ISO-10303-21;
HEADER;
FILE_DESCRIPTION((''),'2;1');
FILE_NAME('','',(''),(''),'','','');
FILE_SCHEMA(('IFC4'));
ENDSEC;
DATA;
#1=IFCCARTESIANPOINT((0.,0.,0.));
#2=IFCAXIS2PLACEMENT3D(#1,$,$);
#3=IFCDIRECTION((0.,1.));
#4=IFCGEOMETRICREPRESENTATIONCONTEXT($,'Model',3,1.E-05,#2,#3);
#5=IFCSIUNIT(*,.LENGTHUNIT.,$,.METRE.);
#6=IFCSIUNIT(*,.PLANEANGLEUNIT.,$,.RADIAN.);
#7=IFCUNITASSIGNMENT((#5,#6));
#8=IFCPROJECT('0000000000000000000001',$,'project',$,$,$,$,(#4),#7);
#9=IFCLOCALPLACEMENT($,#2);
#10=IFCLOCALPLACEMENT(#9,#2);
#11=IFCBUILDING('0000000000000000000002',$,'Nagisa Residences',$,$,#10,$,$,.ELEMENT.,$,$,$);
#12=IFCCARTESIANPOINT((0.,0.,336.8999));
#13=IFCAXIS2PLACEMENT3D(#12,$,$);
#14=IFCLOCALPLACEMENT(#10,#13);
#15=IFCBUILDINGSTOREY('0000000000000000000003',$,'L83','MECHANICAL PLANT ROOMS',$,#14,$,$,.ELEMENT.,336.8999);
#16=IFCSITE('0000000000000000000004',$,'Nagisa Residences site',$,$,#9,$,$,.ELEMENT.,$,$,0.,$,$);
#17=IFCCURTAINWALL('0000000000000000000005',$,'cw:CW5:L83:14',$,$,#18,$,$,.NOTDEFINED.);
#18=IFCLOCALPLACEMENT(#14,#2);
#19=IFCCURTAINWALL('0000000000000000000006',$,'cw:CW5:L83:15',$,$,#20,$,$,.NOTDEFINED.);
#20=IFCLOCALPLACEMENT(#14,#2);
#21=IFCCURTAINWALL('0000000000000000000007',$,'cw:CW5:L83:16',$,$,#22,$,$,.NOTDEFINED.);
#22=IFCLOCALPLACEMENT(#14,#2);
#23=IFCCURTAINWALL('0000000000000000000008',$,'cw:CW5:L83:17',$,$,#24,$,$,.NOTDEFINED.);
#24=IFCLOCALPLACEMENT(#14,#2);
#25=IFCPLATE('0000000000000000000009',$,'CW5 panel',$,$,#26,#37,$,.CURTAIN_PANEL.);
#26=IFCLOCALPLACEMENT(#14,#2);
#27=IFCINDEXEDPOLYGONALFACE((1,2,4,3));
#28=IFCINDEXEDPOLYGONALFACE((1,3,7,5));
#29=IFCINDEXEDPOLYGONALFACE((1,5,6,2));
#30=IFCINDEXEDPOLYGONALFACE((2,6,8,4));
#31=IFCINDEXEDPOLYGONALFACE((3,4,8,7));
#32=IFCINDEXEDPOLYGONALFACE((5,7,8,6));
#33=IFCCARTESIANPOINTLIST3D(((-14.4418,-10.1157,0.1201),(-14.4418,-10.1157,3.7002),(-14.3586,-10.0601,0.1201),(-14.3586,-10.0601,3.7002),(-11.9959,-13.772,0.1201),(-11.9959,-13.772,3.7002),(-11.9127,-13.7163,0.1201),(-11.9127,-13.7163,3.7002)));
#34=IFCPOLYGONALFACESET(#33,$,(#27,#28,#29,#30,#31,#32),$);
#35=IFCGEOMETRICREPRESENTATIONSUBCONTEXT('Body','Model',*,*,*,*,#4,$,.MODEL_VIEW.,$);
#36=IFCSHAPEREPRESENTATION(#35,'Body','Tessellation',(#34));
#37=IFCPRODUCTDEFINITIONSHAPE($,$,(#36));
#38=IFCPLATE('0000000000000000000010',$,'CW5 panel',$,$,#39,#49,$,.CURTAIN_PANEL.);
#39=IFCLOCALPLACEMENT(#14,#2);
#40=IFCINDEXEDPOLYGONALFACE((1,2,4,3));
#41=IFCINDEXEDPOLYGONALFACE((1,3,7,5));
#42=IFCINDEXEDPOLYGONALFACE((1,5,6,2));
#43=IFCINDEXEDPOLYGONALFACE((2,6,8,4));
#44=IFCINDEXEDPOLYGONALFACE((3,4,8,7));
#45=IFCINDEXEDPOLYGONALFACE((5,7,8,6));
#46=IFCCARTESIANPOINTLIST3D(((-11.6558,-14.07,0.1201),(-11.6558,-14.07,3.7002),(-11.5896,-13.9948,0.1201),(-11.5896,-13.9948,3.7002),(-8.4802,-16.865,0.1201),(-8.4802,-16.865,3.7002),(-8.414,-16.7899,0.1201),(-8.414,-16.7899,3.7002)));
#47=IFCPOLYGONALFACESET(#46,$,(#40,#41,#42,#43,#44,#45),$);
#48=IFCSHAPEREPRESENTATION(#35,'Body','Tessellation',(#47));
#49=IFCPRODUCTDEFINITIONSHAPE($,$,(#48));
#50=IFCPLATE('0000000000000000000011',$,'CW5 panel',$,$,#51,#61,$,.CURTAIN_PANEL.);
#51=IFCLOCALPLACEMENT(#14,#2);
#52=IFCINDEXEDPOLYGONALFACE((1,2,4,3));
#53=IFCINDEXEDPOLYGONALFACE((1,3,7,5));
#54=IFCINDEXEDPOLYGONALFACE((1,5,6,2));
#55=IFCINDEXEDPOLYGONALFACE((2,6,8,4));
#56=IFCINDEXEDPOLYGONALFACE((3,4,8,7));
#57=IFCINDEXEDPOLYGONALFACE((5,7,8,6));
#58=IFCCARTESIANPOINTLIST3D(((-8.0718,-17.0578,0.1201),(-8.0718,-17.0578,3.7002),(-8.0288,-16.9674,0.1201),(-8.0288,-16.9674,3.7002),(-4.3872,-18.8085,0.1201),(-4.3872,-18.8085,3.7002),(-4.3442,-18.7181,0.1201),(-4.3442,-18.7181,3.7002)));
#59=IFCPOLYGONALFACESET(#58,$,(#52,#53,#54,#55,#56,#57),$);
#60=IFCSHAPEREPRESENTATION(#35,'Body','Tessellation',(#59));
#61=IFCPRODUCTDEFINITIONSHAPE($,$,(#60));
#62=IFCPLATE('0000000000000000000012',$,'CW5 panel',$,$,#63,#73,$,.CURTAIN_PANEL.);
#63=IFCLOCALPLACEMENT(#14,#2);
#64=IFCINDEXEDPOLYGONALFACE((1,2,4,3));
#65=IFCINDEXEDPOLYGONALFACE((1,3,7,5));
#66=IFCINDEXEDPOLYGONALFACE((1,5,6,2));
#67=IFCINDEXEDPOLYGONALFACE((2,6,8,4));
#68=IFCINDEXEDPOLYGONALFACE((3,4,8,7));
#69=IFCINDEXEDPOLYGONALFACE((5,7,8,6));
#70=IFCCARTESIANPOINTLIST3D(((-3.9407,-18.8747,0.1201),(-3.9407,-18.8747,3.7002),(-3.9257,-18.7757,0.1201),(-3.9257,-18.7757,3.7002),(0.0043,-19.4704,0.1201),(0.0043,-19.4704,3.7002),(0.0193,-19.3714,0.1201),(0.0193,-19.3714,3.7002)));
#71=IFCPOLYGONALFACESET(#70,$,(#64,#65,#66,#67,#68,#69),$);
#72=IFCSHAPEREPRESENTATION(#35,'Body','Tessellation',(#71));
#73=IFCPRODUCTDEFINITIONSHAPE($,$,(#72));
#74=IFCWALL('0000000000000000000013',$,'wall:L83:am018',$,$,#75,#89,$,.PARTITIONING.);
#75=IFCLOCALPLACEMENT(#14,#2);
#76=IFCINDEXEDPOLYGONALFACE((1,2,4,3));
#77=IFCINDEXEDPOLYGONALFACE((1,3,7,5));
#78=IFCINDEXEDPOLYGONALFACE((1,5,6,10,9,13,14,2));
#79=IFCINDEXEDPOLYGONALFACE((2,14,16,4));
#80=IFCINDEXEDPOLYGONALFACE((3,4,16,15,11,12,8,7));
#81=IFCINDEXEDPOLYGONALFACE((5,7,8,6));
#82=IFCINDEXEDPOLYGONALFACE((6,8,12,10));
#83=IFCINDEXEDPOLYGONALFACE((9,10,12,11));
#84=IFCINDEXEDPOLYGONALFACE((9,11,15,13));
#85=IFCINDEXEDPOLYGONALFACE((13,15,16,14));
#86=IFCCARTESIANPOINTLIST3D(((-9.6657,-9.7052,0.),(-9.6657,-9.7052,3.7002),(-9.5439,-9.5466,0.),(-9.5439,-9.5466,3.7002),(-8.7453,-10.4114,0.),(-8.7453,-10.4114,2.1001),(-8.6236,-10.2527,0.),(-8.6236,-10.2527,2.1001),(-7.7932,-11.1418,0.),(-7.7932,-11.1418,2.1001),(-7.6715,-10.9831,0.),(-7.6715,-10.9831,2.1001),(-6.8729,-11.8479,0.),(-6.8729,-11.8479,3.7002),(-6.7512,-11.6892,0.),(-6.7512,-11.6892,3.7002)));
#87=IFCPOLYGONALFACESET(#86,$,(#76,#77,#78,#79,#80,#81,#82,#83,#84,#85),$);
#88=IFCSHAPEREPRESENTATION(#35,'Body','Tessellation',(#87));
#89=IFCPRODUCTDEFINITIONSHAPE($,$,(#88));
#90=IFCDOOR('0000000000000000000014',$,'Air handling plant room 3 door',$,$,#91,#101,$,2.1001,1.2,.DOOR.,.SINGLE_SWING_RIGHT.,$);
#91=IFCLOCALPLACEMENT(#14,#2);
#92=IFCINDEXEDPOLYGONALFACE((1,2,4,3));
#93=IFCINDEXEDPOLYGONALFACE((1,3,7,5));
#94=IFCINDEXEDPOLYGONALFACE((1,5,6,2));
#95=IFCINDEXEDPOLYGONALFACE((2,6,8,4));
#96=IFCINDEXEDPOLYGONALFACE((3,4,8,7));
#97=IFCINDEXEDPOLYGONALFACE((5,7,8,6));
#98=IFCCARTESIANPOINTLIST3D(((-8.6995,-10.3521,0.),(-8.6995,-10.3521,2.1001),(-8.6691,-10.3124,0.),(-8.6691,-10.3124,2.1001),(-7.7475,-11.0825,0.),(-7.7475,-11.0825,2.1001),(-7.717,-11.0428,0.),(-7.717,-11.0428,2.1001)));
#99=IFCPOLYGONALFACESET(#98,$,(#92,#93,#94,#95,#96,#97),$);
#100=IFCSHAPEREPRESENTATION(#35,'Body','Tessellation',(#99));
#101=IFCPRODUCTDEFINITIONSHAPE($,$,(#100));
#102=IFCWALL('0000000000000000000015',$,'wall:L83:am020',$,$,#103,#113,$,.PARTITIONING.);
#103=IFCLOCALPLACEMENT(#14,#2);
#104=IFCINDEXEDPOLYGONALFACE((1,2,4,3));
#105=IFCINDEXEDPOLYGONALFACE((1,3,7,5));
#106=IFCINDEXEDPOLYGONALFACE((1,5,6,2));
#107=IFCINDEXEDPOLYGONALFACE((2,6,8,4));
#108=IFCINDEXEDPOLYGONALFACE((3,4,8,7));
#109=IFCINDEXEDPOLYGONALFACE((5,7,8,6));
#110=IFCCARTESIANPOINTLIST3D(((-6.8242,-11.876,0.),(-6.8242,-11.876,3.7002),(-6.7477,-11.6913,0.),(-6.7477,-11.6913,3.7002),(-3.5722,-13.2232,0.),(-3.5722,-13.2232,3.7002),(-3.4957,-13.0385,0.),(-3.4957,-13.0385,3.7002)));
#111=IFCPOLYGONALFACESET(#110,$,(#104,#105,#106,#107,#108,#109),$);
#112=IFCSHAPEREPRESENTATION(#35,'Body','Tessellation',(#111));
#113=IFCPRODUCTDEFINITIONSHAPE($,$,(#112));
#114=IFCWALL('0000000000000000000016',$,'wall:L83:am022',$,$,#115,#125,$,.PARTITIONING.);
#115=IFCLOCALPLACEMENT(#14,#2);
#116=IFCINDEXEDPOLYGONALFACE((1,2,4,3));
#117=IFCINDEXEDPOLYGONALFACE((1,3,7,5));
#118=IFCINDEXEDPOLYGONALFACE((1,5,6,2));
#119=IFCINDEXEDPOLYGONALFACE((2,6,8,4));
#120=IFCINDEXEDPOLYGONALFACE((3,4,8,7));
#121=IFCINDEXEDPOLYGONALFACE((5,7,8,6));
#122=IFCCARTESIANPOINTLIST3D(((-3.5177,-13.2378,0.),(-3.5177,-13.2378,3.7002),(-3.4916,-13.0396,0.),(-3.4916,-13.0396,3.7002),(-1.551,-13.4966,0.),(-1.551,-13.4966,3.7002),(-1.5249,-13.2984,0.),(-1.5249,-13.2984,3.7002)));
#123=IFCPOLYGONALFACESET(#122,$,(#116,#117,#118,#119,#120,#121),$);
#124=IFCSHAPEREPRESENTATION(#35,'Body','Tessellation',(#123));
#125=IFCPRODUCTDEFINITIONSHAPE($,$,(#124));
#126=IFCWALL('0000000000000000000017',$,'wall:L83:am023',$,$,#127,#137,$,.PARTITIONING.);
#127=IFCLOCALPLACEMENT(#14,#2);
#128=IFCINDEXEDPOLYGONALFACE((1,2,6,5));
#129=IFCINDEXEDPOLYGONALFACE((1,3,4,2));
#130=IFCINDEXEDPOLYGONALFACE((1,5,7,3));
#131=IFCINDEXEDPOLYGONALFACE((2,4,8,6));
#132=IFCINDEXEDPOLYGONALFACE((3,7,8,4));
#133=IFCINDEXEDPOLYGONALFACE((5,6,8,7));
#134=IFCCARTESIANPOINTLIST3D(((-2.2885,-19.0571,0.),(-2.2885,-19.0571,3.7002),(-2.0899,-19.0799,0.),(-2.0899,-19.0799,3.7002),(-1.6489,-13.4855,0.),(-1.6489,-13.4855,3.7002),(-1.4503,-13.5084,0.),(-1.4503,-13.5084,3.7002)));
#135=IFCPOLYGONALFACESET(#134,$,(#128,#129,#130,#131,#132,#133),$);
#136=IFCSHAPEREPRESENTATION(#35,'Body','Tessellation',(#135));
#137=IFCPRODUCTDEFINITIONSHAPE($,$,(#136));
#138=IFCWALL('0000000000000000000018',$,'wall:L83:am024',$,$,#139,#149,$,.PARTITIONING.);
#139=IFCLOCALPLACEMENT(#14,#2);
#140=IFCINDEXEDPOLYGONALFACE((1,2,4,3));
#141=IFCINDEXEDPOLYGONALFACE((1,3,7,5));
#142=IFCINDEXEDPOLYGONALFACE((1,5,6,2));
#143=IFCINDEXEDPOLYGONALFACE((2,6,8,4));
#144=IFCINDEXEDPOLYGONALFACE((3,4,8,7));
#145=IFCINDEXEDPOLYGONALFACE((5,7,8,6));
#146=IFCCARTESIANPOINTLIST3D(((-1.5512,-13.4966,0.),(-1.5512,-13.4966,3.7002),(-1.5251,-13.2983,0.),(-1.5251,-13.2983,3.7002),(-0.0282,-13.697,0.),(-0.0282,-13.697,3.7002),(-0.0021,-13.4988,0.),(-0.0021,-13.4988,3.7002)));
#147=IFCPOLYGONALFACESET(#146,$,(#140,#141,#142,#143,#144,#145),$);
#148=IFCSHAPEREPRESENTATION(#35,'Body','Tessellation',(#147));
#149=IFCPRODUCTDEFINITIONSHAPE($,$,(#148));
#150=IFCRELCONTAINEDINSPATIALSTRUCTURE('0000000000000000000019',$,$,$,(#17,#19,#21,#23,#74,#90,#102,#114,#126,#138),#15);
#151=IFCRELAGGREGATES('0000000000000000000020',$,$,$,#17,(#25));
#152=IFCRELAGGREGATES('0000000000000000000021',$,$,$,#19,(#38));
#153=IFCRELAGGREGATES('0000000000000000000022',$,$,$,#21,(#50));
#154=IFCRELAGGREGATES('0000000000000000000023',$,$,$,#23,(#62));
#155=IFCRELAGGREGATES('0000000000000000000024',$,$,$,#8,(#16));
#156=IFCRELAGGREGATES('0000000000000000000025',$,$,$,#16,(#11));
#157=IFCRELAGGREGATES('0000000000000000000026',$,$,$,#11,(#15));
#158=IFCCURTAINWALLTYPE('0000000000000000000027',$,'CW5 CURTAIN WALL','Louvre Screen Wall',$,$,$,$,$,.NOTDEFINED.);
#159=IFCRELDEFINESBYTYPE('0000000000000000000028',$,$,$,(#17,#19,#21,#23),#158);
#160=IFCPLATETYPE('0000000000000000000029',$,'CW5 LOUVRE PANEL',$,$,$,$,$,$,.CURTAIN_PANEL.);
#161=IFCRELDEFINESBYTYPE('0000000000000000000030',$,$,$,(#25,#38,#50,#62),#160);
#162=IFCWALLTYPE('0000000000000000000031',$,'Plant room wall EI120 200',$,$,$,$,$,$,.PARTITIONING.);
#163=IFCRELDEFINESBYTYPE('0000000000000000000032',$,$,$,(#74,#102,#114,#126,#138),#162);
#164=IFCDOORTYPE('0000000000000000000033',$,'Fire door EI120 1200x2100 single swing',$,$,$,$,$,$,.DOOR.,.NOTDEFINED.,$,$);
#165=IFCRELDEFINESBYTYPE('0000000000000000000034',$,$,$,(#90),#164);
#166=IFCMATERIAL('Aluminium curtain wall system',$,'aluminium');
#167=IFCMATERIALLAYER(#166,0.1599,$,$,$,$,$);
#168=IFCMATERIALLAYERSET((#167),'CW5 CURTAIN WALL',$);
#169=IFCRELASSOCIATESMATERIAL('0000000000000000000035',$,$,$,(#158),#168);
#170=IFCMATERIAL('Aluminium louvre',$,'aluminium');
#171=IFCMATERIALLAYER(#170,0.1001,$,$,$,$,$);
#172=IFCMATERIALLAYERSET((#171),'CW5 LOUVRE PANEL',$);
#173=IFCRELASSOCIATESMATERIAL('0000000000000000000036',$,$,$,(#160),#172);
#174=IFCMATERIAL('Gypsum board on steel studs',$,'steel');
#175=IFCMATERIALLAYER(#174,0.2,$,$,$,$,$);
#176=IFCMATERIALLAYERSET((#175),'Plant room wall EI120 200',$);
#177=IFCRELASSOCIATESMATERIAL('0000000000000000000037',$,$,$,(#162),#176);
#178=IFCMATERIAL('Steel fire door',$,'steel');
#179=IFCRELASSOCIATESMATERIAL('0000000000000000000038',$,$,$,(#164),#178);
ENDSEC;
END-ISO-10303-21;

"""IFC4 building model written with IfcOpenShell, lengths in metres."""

from ifc_helpers import new_model, si_unit, direction, frame, frame_2d, origin, origin_2d, place, context, subcontext, project, spatial, rectangle, extrude, material, layer, layer_set, type_object, element, fill, aggregate, save


model = new_model("IFC4")

# Units and contexts
model_context = context("Model", 3, precision=1e-05, world=origin(), true_north=direction((0.0, 1.0)))
body_context = subcontext(model_context, "Body", "Model", "MODEL_VIEW")
ifc_project = project(units=[si_unit("LENGTHUNIT", "METRE"), si_unit("PLANEANGLEUNIT", "RADIAN")], contexts=[model_context])

# Site, building, storey
site_placement = place(None, origin())
site = spatial("IfcSite", under=ifc_project, at=site_placement, Name="Nagisa Residences site", CompositionType="ELEMENT", RefElevation=0.0)
building_placement = place(site_placement, origin())
building = spatial("IfcBuilding", under=site, at=building_placement, Name="Nagisa Residences", CompositionType="ELEMENT")
storey_placement = place(building_placement, frame((0.0, 0.0, 336.8999)))
storey = spatial("IfcBuildingStorey", under=building, at=storey_placement, Name="L83", Description="MECHANICAL PLANT ROOMS", CompositionType="ELEMENT", Elevation=336.8999)

# Curtain walls
ifc_material_1 = material(Name="Aluminium curtain wall system", Category="aluminium")
ifc_layer_1 = layer(ifc_material_1, 0.1599)
ifc_layer_set_1 = layer_set([ifc_layer_1], Name="CW5 CURTAIN WALL")
curtain_wall_type = type_object("IfcCurtainWallType", Name="CW5 CURTAIN WALL", Description="Louvre Screen Wall", PredefinedType="NOTDEFINED", material=ifc_layer_set_1)
curtain_wall_1_placement = place(storey_placement, origin())
curtain_wall_1 = element("IfcCurtainWall", 1, at=curtain_wall_1_placement, inside=storey, type_object=curtain_wall_type, Name="cw:CW5:L83:14", PredefinedType="NOTDEFINED")
curtain_wall_2_placement = place(storey_placement, origin())
curtain_wall_2 = element("IfcCurtainWall", 2, at=curtain_wall_2_placement, inside=storey, type_object=curtain_wall_type, Name="cw:CW5:L83:15", PredefinedType="NOTDEFINED")
curtain_wall_3_placement = place(storey_placement, origin())
curtain_wall_3 = element("IfcCurtainWall", 3, at=curtain_wall_3_placement, inside=storey, type_object=curtain_wall_type, Name="cw:CW5:L83:16", PredefinedType="NOTDEFINED")
curtain_wall_4_placement = place(storey_placement, origin())
curtain_wall_4 = element("IfcCurtainWall", 4, at=curtain_wall_4_placement, inside=storey, type_object=curtain_wall_type, Name="cw:CW5:L83:17", PredefinedType="NOTDEFINED")

# Plates
ifc_material_2 = material(Name="Aluminium louvre", Category="aluminium")
ifc_layer_2 = layer(ifc_material_2, 0.1001)
ifc_layer_set_2 = layer_set([ifc_layer_2], Name="CW5 LOUVRE PANEL")
plate_type = type_object("IfcPlateType", Name="CW5 LOUVRE PANEL", PredefinedType="CURTAIN_PANEL", material=ifc_layer_set_2)
plate_1_placement = place(storey_placement, frame((-13.1772, -11.916, 0.1201), z_axis=(0.0, 0.0, 1.0), x_axis=(0.556014, -0.831173, 0.0)))
plate_1 = element("IfcPlate", 5, at=plate_1_placement, type_object=plate_type, Name="CW5 panel", PredefinedType="CURTAIN_PANEL", context=body_context, shape_type="SweptSolid", body=[
    extrude(rectangle(XDim=4.3989, YDim=0.1001, at=origin_2d()), origin(), (0.0, 0.0, 1.0), 3.5801),
])
aggregate(curtain_wall_1, [plate_1])
plate_2_placement = place(storey_placement, frame((-10.0349, -15.4299, 0.1201), z_axis=(0.0, 0.0, 1.0), x_axis=(0.750651, -0.660699, 0.0)))
plate_2 = element("IfcPlate", 6, at=plate_2_placement, type_object=plate_type, Name="CW5 panel", PredefinedType="CURTAIN_PANEL", context=body_context, shape_type="SweptSolid", body=[
    extrude(rectangle(XDim=4.2305, YDim=0.1001, at=origin_2d()), origin(), (0.0, 0.0, 1.0), 3.5801),
])
aggregate(curtain_wall_2, [plate_2])
plate_3_placement = place(storey_placement, frame((-6.208, -17.8879, 0.1201), z_axis=(0.0, 0.0, 1.0), x_axis=(0.903233, -0.429151, 0.0)))
plate_3 = element("IfcPlate", 7, at=plate_3_placement, type_object=plate_type, Name="CW5 panel", PredefinedType="CURTAIN_PANEL", context=body_context, shape_type="SweptSolid", body=[
    extrude(rectangle(XDim=4.0793, YDim=0.1001, at=origin_2d()), origin(), (0.0, 0.0, 1.0), 3.5801),
])
aggregate(curtain_wall_3, [plate_3])
plate_4_placement = place(storey_placement, frame((-1.9607, -19.123, 0.1201), z_axis=(0.0, 0.0, 1.0), x_axis=(0.988789, -0.14932, 0.0)))
plate_4 = element("IfcPlate", 8, at=plate_4_placement, type_object=plate_type, Name="CW5 panel", PredefinedType="CURTAIN_PANEL", context=body_context, shape_type="SweptSolid", body=[
    extrude(rectangle(XDim=3.9897, YDim=0.1001, at=origin_2d()), origin(), (0.0, 0.0, 1.0), 3.5801),
])
aggregate(curtain_wall_4, [plate_4])

# Wall, opening, door
ifc_material_3 = material(Name="Gypsum board on steel studs", Category="steel")
ifc_layer_3 = layer(ifc_material_3, 0.2)
ifc_layer_set_3 = layer_set([ifc_layer_3], Name="Plant room wall EI120 200")
wall_type = type_object("IfcWallType", Name="Plant room wall EI120 200", PredefinedType="PARTITIONING", material=ifc_layer_set_3)
wall_1_placement = place(storey_placement, frame((-6.812, -11.7686, 0.0), z_axis=(0.0, 0.0, 1.0), x_axis=(-0.793402, 0.608698, 0.0)))
wall_1 = element("IfcWall", 9, at=wall_1_placement, inside=storey, type_object=wall_type, Name="wall:L83:am018", PredefinedType="PARTITIONING", context=body_context, shape_type="SweptSolid", body=[
    extrude(rectangle(XDim=3.52, YDim=0.2, at=frame_2d((1.76, 0.0))), origin(), (0.0, 0.0, 1.0), 3.7002),
])
opening_placement = place(wall_1_placement, frame((1.1599, 0.0, 0.0)))
opening = element("IfcOpeningElement", 10, at=opening_placement, cuts=wall_1, PredefinedType="OPENING", context=body_context, shape_type="SweptSolid", body=[
    extrude(rectangle(XDim=1.2, YDim=2.1001, at=frame_2d((0.6001, 1.05))), frame((0.0, 0.1099, 0.0), z_axis=(0.0, -1.0, 0.0), x_axis=(1.0, 0.0, 0.0)), (0.0, 0.0, 1.0), 0.22),
])
ifc_material_4 = material(Name="Steel fire door", Category="steel")
door_type = type_object("IfcDoorType", Name="Fire door EI120 1200x2100 single swing", OperationType="NOTDEFINED", PredefinedType="DOOR", material=ifc_material_4)
door_placement = place(opening_placement, frame((1.2, 0.0, 0.0), x_axis=(-1.0, 0.0, 0.0)))
door = element("IfcDoor", 11, at=door_placement, inside=storey, type_object=door_type, Name="Air handling plant room 3 door", OperationType="SINGLE_SWING_RIGHT", OverallHeight=2.1001, OverallWidth=1.2, PredefinedType="DOOR", context=body_context, shape_type="SweptSolid", body=[
    extrude(rectangle(XDim=1.2, YDim=2.1001, at=frame_2d((0.6001, 1.05))), frame((0.0, 0.0249, 0.0), z_axis=(0.0, -1.0, 0.0), x_axis=(1.0, 0.0, 0.0)), (0.0, 0.0, 1.0), 0.05),
])
fill(opening, door)

# Walls
wall_2_placement = place(storey_placement, frame((-3.5339, -13.1309, 0.0), z_axis=(0.0, 0.0, 1.0), x_axis=(-0.923863, 0.382723, 0.0)))
element("IfcWall", 12, at=wall_2_placement, inside=storey, type_object=wall_type, Name="wall:L83:am020", PredefinedType="PARTITIONING", context=body_context, shape_type="SweptSolid", body=[
    extrude(rectangle(XDim=3.52, YDim=0.2, at=frame_2d((1.76, 0.0))), origin(), (0.0, 0.0, 1.0), 3.7002),
])
wall_3_placement = place(storey_placement, frame((-1.5381, -13.3975, 0.0), z_axis=(0.0, 0.0, 1.0), x_axis=(-0.991454, 0.130455, 0.0)))
element("IfcWall", 13, at=wall_3_placement, inside=storey, type_object=wall_type, Name="wall:L83:am022", PredefinedType="PARTITIONING", context=body_context, shape_type="SweptSolid", body=[
    extrude(rectangle(XDim=1.9836, YDim=0.2, at=frame_2d((0.9917, 0.0))), origin(), (0.0, 0.0, 1.0), 3.7002),
])
wall_4_placement = place(storey_placement, frame((-1.5496, -13.4968, 0.0), z_axis=(0.0, 0.0, 1.0), x_axis=(-0.114057, -0.993474, 0.0)))
element("IfcWall", 14, at=wall_4_placement, inside=storey, type_object=wall_type, Name="wall:L83:am023", PredefinedType="PARTITIONING", context=body_context, shape_type="SweptSolid", body=[
    extrude(rectangle(XDim=5.6082, YDim=0.2, at=frame_2d((2.8042, 0.0))), origin(), (0.0, 0.0, 1.0), 3.7002),
])
wall_5_placement = place(storey_placement, frame((-0.0151, -13.5979, 0.0), z_axis=(0.0, 0.0, 1.0), x_axis=(-0.99145, 0.130487, 0.0)))
element("IfcWall", 15, at=wall_5_placement, inside=storey, type_object=wall_type, Name="wall:L83:am024", PredefinedType="PARTITIONING", context=body_context, shape_type="SweptSolid", body=[
    extrude(rectangle(XDim=1.5361, YDim=0.2, at=frame_2d((0.7681, 0.0))), origin(), (0.0, 0.0, 1.0), 3.7002),
])

save(model, "model.ifc")
